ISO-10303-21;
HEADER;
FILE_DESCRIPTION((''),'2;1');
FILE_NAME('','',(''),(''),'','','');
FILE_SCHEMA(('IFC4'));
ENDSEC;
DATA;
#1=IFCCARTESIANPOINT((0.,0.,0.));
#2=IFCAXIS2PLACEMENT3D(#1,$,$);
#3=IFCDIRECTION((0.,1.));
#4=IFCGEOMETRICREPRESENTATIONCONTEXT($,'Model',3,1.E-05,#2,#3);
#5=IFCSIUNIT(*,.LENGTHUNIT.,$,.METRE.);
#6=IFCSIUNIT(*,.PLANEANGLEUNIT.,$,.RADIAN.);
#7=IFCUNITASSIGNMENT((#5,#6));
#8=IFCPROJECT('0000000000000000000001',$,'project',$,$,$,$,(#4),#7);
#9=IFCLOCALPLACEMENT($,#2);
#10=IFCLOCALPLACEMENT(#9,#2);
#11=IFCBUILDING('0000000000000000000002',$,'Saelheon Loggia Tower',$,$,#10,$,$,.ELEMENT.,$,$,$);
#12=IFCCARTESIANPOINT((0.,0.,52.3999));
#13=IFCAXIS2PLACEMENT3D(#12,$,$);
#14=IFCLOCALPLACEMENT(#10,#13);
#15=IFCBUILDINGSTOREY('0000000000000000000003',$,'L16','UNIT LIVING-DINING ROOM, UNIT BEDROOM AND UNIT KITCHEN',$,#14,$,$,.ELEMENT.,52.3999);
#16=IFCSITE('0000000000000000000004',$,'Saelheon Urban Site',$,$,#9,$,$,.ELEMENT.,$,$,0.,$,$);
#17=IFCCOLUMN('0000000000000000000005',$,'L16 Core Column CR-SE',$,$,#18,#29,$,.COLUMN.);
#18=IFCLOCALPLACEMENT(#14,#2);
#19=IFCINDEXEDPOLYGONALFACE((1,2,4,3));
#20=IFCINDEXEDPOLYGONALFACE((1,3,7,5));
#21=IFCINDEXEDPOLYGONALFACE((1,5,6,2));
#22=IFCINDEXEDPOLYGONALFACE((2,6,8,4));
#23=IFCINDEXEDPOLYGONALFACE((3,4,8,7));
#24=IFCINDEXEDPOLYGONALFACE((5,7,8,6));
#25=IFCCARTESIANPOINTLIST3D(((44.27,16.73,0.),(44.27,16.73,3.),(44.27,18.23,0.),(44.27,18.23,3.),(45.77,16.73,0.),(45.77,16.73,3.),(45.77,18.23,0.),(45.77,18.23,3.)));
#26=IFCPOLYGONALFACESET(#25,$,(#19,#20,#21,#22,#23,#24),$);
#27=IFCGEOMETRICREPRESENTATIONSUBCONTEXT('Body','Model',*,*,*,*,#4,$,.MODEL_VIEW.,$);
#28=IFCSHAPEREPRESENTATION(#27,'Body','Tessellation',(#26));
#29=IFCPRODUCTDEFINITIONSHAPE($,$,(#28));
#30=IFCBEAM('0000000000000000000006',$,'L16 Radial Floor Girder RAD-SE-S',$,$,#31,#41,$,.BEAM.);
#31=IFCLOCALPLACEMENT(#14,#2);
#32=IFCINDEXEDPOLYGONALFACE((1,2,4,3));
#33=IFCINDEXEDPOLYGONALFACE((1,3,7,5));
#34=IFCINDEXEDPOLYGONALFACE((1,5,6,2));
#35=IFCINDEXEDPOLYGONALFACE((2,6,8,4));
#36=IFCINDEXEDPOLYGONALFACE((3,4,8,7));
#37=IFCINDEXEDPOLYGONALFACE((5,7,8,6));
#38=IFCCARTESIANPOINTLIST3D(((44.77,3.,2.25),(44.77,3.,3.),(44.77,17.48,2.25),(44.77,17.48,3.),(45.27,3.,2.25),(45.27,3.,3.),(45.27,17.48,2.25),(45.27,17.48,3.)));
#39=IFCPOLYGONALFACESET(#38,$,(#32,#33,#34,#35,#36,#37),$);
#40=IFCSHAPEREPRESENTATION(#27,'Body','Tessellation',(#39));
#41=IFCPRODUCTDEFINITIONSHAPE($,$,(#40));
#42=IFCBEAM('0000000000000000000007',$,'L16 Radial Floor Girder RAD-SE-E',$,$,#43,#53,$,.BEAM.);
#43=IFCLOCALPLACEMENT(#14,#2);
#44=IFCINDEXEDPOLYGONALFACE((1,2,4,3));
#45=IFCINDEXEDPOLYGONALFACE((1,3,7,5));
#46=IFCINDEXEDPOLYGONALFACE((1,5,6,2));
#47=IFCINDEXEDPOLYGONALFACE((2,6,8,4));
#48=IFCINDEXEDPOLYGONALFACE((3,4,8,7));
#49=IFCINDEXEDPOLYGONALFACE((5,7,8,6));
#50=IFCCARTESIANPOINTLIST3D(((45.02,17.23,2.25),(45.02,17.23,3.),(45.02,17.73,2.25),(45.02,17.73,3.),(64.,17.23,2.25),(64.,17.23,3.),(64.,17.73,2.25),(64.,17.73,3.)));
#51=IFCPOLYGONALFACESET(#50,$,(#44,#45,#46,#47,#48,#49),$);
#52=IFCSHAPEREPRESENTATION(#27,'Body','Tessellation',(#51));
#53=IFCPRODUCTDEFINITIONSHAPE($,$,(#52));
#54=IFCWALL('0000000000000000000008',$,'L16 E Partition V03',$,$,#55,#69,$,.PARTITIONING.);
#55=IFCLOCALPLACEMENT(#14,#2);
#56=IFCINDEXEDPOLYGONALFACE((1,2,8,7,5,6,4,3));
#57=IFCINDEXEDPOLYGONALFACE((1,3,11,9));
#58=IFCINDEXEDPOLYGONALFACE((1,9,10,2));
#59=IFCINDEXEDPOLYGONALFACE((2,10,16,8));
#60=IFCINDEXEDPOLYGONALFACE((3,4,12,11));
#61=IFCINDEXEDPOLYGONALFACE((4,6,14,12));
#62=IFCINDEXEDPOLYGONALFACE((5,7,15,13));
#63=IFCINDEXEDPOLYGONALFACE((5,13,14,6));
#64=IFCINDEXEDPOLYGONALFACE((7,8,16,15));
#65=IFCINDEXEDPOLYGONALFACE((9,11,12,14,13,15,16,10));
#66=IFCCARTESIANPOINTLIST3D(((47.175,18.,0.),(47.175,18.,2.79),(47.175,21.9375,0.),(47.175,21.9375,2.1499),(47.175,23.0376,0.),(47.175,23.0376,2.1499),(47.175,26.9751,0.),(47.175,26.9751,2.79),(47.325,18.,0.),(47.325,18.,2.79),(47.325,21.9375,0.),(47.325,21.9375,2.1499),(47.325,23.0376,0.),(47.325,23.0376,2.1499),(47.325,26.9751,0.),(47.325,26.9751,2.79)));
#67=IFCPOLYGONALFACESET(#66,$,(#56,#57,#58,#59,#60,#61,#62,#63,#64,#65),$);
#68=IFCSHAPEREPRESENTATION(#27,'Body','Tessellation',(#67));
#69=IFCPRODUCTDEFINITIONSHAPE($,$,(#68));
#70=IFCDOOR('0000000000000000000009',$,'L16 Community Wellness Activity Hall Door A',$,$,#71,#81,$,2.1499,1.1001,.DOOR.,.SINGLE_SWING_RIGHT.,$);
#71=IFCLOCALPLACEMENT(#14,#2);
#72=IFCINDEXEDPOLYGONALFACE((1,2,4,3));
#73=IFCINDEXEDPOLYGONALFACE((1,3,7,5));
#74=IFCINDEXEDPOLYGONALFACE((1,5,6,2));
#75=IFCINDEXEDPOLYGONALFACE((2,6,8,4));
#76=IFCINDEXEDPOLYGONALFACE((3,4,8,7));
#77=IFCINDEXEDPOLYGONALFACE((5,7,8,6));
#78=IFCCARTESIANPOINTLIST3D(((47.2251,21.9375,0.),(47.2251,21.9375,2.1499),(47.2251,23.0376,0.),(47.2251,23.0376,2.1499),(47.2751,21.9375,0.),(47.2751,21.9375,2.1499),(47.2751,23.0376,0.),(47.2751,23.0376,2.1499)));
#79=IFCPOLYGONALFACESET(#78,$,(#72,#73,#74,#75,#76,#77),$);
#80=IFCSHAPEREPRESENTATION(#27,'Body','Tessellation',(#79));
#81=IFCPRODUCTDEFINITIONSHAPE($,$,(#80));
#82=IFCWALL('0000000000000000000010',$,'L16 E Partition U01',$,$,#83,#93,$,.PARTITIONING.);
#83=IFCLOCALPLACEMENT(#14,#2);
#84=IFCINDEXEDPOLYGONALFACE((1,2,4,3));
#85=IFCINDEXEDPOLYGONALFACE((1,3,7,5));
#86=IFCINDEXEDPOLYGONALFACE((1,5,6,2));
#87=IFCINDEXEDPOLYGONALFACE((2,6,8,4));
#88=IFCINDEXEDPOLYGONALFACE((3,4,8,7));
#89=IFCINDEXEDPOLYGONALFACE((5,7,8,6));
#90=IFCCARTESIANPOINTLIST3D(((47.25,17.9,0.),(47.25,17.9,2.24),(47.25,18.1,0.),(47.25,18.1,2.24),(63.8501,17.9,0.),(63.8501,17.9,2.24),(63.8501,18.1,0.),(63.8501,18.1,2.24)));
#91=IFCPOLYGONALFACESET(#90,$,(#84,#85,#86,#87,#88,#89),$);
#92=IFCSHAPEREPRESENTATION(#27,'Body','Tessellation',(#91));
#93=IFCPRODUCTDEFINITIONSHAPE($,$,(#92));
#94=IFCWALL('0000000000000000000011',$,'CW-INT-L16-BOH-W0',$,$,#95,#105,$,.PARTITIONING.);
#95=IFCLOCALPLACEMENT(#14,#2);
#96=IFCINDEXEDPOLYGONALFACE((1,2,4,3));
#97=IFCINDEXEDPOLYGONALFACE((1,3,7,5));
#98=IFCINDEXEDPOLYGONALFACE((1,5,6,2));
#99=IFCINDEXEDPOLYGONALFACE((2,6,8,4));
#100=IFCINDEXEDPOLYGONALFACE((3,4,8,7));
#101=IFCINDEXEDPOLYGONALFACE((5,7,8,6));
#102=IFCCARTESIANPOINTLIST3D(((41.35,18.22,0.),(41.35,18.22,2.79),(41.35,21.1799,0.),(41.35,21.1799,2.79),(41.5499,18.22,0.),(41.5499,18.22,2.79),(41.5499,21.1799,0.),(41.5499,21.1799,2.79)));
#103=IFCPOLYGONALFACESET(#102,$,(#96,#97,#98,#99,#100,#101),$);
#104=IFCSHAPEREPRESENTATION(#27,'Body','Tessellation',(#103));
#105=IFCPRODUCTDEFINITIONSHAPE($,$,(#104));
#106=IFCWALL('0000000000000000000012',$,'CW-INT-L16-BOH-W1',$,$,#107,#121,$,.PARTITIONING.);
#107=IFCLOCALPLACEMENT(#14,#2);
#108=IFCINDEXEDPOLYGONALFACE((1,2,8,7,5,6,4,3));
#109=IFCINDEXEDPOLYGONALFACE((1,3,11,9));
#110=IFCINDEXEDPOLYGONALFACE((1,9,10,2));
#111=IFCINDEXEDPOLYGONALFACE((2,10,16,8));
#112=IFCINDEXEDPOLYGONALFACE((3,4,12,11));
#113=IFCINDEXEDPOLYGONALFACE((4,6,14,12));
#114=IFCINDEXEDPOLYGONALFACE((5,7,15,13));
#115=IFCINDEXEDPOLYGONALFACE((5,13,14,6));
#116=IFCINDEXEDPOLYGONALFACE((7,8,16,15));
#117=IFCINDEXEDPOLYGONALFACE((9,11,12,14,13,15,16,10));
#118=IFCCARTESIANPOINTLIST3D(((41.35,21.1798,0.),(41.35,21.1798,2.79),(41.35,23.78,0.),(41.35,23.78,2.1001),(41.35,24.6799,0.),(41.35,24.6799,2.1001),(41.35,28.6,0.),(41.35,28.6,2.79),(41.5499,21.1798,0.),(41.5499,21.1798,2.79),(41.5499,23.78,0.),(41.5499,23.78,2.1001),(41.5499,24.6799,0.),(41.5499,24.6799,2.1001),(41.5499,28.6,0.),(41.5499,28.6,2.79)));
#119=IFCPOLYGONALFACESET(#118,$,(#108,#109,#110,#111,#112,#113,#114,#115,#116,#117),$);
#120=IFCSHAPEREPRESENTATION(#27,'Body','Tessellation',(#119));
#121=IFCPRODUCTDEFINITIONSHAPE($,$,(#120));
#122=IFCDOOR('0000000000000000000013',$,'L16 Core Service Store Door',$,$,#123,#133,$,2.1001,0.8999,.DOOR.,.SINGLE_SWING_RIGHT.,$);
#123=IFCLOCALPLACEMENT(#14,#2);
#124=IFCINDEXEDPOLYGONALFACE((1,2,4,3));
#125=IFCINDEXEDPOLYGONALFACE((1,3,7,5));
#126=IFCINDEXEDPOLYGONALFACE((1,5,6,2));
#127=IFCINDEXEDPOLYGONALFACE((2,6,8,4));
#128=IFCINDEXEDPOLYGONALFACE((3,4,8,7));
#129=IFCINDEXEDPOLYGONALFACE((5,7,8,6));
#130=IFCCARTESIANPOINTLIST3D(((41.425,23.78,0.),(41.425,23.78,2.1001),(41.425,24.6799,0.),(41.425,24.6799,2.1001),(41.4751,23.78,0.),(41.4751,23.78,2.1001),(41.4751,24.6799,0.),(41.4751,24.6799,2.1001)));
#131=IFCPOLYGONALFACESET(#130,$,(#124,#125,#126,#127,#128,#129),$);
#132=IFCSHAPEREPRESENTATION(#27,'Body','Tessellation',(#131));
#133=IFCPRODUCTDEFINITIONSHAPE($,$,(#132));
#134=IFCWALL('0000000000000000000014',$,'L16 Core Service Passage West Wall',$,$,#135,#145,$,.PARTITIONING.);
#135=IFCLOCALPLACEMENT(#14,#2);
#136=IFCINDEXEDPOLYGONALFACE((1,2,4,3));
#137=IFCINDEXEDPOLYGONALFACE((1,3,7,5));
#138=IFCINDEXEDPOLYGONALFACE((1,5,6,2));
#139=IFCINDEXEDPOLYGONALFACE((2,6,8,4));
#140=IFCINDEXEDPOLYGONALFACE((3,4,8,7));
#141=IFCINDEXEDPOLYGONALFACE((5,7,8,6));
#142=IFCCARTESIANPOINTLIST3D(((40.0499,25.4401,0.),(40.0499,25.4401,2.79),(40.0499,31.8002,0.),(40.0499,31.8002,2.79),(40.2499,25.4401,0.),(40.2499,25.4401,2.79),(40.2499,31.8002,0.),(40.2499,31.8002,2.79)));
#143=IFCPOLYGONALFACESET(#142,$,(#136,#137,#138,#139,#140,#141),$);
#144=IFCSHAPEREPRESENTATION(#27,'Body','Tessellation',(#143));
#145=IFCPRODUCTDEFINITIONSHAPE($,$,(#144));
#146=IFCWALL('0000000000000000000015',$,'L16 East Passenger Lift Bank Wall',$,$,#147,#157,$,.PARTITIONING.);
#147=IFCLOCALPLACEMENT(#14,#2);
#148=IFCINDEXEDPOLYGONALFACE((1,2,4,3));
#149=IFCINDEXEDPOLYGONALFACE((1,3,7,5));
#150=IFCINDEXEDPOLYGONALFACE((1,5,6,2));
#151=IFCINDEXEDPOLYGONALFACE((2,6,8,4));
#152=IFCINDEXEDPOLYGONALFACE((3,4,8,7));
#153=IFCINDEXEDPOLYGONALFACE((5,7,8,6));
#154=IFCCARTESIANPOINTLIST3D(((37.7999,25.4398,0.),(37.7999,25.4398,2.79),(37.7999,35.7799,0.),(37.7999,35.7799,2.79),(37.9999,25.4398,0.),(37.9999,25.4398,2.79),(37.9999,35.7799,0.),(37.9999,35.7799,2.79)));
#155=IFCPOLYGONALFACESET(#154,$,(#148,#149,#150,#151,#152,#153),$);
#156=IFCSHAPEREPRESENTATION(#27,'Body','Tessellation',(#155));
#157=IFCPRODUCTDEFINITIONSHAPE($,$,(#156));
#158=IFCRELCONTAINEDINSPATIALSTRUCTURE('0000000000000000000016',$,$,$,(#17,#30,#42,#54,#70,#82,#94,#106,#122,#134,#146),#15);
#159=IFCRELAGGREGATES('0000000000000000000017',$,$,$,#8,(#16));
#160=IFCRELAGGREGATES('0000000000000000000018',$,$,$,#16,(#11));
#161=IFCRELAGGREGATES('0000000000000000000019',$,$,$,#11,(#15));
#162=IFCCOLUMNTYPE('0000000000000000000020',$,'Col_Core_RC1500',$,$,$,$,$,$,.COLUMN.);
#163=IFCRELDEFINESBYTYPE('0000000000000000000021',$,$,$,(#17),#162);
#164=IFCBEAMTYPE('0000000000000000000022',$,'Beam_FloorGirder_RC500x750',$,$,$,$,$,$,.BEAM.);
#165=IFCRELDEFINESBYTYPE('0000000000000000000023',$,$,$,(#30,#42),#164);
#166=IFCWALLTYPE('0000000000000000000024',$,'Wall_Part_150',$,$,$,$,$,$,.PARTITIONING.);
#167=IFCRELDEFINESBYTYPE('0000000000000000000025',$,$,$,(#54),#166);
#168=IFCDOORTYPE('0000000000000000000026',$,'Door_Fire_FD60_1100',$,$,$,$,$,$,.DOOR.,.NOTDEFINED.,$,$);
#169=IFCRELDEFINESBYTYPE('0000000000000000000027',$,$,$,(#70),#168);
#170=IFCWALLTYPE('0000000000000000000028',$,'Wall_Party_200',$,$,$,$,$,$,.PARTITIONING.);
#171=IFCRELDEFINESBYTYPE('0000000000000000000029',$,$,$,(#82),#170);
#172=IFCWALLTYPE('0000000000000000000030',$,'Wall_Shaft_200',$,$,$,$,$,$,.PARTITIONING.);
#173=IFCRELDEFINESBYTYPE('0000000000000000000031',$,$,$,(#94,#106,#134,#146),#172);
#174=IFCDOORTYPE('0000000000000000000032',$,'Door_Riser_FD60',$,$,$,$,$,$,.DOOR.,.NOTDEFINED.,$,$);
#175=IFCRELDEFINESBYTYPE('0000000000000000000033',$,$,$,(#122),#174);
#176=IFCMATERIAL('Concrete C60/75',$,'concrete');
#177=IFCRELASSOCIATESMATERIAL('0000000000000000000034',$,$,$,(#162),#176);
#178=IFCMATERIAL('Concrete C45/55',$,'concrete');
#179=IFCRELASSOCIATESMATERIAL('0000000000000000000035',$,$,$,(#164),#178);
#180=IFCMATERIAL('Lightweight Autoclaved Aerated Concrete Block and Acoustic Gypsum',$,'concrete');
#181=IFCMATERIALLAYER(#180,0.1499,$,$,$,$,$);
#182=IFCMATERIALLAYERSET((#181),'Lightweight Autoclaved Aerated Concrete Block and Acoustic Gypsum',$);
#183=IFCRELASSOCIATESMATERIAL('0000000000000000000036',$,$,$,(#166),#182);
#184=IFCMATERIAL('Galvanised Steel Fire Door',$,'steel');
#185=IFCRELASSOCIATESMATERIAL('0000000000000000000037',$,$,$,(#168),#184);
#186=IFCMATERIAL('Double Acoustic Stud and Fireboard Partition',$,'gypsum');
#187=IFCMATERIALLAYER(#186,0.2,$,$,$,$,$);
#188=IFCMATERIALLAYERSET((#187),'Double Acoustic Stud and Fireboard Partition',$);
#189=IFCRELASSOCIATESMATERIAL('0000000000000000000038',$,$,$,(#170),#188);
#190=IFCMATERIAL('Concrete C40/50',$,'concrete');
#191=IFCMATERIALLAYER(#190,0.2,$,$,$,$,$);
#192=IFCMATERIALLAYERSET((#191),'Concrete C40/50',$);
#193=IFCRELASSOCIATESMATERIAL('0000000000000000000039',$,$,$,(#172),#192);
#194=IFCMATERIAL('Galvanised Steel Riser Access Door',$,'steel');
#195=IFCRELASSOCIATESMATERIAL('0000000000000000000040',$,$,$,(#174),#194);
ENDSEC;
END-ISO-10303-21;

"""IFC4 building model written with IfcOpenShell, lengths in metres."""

from ifc_helpers import new_model, si_unit, direction, frame, frame_2d, origin, origin_2d, place, context, subcontext, project, spatial, rectangle, extrude, source, transform, mapped, material, layer, layer_set, material_profile, profile_set, type_object, element, fill, save


model = new_model("IFC4")

# Units and contexts
model_context = context("Model", 3, precision=1e-05, world=origin(), true_north=direction((0.0, 1.0)))
body_context = subcontext(model_context, "Body", "Model", "MODEL_VIEW")
ifc_project = project(units=[si_unit("LENGTHUNIT", "METRE"), si_unit("PLANEANGLEUNIT", "RADIAN")], contexts=[model_context])

# Site, building, storey
site_placement = place(None, origin())
site = spatial("IfcSite", under=ifc_project, at=site_placement, Name="Saelheon Urban Site", CompositionType="ELEMENT", RefElevation=0.0)
building_placement = place(site_placement, origin())
building = spatial("IfcBuilding", under=site, at=building_placement, Name="Saelheon Loggia Tower", CompositionType="ELEMENT")
storey_placement = place(building_placement, frame((0.0, 0.0, 52.3999)))
storey = spatial("IfcBuildingStorey", under=building, at=storey_placement, Name="L16", Description="UNIT LIVING-DINING ROOM, UNIT BEDROOM AND UNIT KITCHEN", CompositionType="ELEMENT", Elevation=52.3999)

# Column
ifc_material_1 = material(Name="Concrete C60/75", Category="concrete")
ifc_material_profile_1 = material_profile(ifc_material_1, rectangle(XDim=1.5, YDim=1.5, at=origin_2d()), Name="RC-1500x1500")
ifc_profile_set_1 = profile_set([ifc_material_profile_1], Name="Concrete C60/75")
column_type = type_object("IfcColumnType", Name="Col_Core_RC1500", PredefinedType="COLUMN", material=ifc_profile_set_1)
shared_shape_1 = source(origin(), body_context, "Body", "SweptSolid", [
    extrude(rectangle(XDim=1.5, YDim=1.5, at=origin_2d()), origin(), (0.0, 0.0, 1.0), 3.0),
])
column_placement = place(storey_placement, frame((45.02, 17.48, 0.0), z_axis=(0.0, 0.0, 1.0), x_axis=(1.0, 0.0, 0.0)))
element("IfcColumn", 1, at=column_placement, inside=storey, type_object=column_type, Name="L16 Core Column CR-SE", PredefinedType="COLUMN", context=body_context, shape_type="MappedRepresentation", body=[
    mapped(shared_shape_1, transform((0.0, 0.0, 0.0), scale=1.0)),
])

# Beams
ifc_material_2 = material(Name="Concrete C45/55", Category="concrete")
ifc_material_profile_2 = material_profile(ifc_material_2, rectangle(XDim=0.5, YDim=0.75, at=origin_2d()), Name="RC-500x750")
ifc_profile_set_2 = profile_set([ifc_material_profile_2], Name="Concrete C45/55")
beam_type = type_object("IfcBeamType", Name="Beam_FloorGirder_RC500x750", PredefinedType="BEAM", material=ifc_profile_set_2)
shared_shape_2 = source(origin(), body_context, "Body", "SweptSolid", [
    extrude(rectangle(XDim=0.5, YDim=0.75, at=origin_2d()), origin(), (0.0, 0.0, 1.0), 14.48),
])
beam_1_placement = place(storey_placement, frame((45.02, 17.48, 2.625), z_axis=(0.0, -1.0, 0.0), x_axis=(1.0, 0.0, 0.0)))
element("IfcBeam", 2, at=beam_1_placement, inside=storey, type_object=beam_type, Name="L16 Radial Floor Girder RAD-SE-S", PredefinedType="BEAM", context=body_context, shape_type="MappedRepresentation", body=[
    mapped(shared_shape_2, transform((0.0, 0.0, 0.0), scale=1.0)),
])
shared_shape_3 = source(origin(), body_context, "Body", "SweptSolid", [
    extrude(rectangle(XDim=0.5, YDim=0.75, at=origin_2d()), origin(), (0.0, 0.0, 1.0), 18.98),
])
beam_2_placement = place(storey_placement, frame((45.02, 17.48, 2.625), z_axis=(1.0, 0.0, 0.0), x_axis=(0.0, 1.0, 0.0)))
element("IfcBeam", 3, at=beam_2_placement, inside=storey, type_object=beam_type, Name="L16 Radial Floor Girder RAD-SE-E", PredefinedType="BEAM", context=body_context, shape_type="MappedRepresentation", body=[
    mapped(shared_shape_3, transform((0.0, 0.0, 0.0), scale=1.0)),
])

# Wall, opening, door
ifc_material_3 = material(Name="Lightweight Autoclaved Aerated Concrete Block and Acoustic Gypsum", Category="concrete")
ifc_layer_1 = layer(ifc_material_3, 0.1499)
ifc_layer_set_1 = layer_set([ifc_layer_1], Name="Lightweight Autoclaved Aerated Concrete Block and Acoustic Gypsum")
wall_type_1 = type_object("IfcWallType", Name="Wall_Part_150", PredefinedType="PARTITIONING", material=ifc_layer_set_1)
wall_1_placement = place(storey_placement, frame((47.25, 18.0, 0.0), z_axis=(0.0, 0.0, 1.0), x_axis=(0.0, 1.0, 0.0)))
wall_1 = element("IfcWall", 4, at=wall_1_placement, inside=storey, type_object=wall_type_1, Name="L16 E Partition V03", PredefinedType="PARTITIONING", context=body_context, shape_type="SweptSolid", body=[
    extrude(rectangle(XDim=8.9751, YDim=0.1499, at=frame_2d((4.4875, 0.0))), origin(), (0.0, 0.0, 1.0), 2.79),
])
opening_1_placement = place(wall_1_placement, frame((3.9375, 0.0, 0.0)))
opening_1 = element("IfcOpeningElement", 5, at=opening_1_placement, cuts=wall_1, PredefinedType="OPENING", context=body_context, shape_type="SweptSolid", body=[
    extrude(rectangle(XDim=1.1001, YDim=2.1499, at=frame_2d((0.55, 1.075))), frame((0.0, 0.0869, 0.0), z_axis=(0.0, -1.0, 0.0), x_axis=(1.0, 0.0, 0.0)), (0.0, 0.0, 1.0), 0.1738),
])
ifc_material_4 = material(Name="Galvanised Steel Fire Door", Category="steel")
door_type_1 = type_object("IfcDoorType", Name="Door_Fire_FD60_1100", OperationType="NOTDEFINED", PredefinedType="DOOR", material=ifc_material_4)
shared_shape_4 = source(origin(), body_context, "Body", "SweptSolid", [
    extrude(rectangle(XDim=1.1001, YDim=2.1499, at=frame_2d((0.55, 1.075))), frame((0.0, 0.0249, 0.0), z_axis=(0.0, -1.0, 0.0), x_axis=(1.0, 0.0, 0.0)), (0.0, 0.0, 1.0), 0.05),
])
door_1_placement = place(opening_1_placement, origin())
door_1 = element("IfcDoor", 6, at=door_1_placement, inside=storey, type_object=door_type_1, Name="L16 Community Wellness Activity Hall Door A", OperationType="SINGLE_SWING_RIGHT", OverallHeight=2.1499, OverallWidth=1.1001, PredefinedType="DOOR", context=body_context, shape_type="MappedRepresentation", body=[
    mapped(shared_shape_4, transform((0.0, 0.0, 0.0), scale=1.0)),
])
fill(opening_1, door_1)

# Walls
ifc_material_5 = material(Name="Double Acoustic Stud and Fireboard Partition", Category="gypsum")
ifc_layer_2 = layer(ifc_material_5, 0.2)
ifc_layer_set_2 = layer_set([ifc_layer_2], Name="Double Acoustic Stud and Fireboard Partition")
wall_type_2 = type_object("IfcWallType", Name="Wall_Party_200", PredefinedType="PARTITIONING", material=ifc_layer_set_2)
wall_2_placement = place(storey_placement, frame((47.25, 18.0, 0.0), z_axis=(0.0, 0.0, 1.0), x_axis=(1.0, 0.0, 0.0)))
element("IfcWall", 7, at=wall_2_placement, inside=storey, type_object=wall_type_2, Name="L16 E Partition U01", PredefinedType="PARTITIONING", context=body_context, shape_type="SweptSolid", body=[
    extrude(rectangle(XDim=16.6001, YDim=0.2, at=frame_2d((8.3, 0.0))), origin(), (0.0, 0.0, 1.0), 2.24),
])
ifc_material_6 = material(Name="Concrete C40/50", Category="concrete")
ifc_layer_3 = layer(ifc_material_6, 0.2)
ifc_layer_set_3 = layer_set([ifc_layer_3], Name="Concrete C40/50")
wall_type_3 = type_object("IfcWallType", Name="Wall_Shaft_200", PredefinedType="PARTITIONING", material=ifc_layer_set_3)
wall_3_placement = place(storey_placement, frame((41.45, 18.22, 0.0), z_axis=(0.0, 0.0, 1.0), x_axis=(0.0, 1.0, 0.0)))
element("IfcWall", 8, at=wall_3_placement, inside=storey, type_object=wall_type_3, Name="CW-INT-L16-BOH-W0", PredefinedType="PARTITIONING", context=body_context, shape_type="SweptSolid", body=[
    extrude(rectangle(XDim=2.96, YDim=0.2, at=frame_2d((1.48, 0.0))), origin(), (0.0, 0.0, 1.0), 2.79),
])

# Wall, opening, door
wall_4_placement = place(storey_placement, frame((41.45, 21.1799, 0.0), z_axis=(0.0, 0.0, 1.0), x_axis=(0.0, 1.0, 0.0)))
wall_4 = element("IfcWall", 9, at=wall_4_placement, inside=storey, type_object=wall_type_3, Name="CW-INT-L16-BOH-W1", PredefinedType="PARTITIONING", context=body_context, shape_type="SweptSolid", body=[
    extrude(rectangle(XDim=7.4202, YDim=0.2, at=frame_2d((3.71, 0.0))), origin(), (0.0, 0.0, 1.0), 2.79),
])
opening_2_placement = place(wall_4_placement, frame((2.6001, 0.0, 0.0)))
opening_2 = element("IfcOpeningElement", 10, at=opening_2_placement, cuts=wall_4, PredefinedType="OPENING", context=body_context, shape_type="SweptSolid", body=[
    extrude(rectangle(XDim=0.8999, YDim=2.1001, at=frame_2d((0.45, 1.05))), frame((0.0, 0.1121, 0.0), z_axis=(0.0, -1.0, 0.0), x_axis=(1.0, 0.0, 0.0)), (0.0, 0.0, 1.0), 0.2239),
])
ifc_material_7 = material(Name="Galvanised Steel Riser Access Door", Category="steel")
door_type_2 = type_object("IfcDoorType", Name="Door_Riser_FD60", OperationType="NOTDEFINED", PredefinedType="DOOR", material=ifc_material_7)
shared_shape_5 = source(origin(), body_context, "Body", "SweptSolid", [
    extrude(rectangle(XDim=0.8999, YDim=2.1001, at=frame_2d((0.45, 1.05))), frame((0.0, 0.0249, 0.0), z_axis=(0.0, -1.0, 0.0), x_axis=(1.0, 0.0, 0.0)), (0.0, 0.0, 1.0), 0.05),
])
door_2_placement = place(opening_2_placement, origin())
door_2 = element("IfcDoor", 11, at=door_2_placement, inside=storey, type_object=door_type_2, Name="L16 Core Service Store Door", OperationType="SINGLE_SWING_RIGHT", OverallHeight=2.1001, OverallWidth=0.8999, PredefinedType="DOOR", context=body_context, shape_type="MappedRepresentation", body=[
    mapped(shared_shape_5, transform((0.0, 0.0, 0.0), scale=1.0)),
])
fill(opening_2, door_2)

# Wall
wall_5_placement = place(storey_placement, frame((40.1499, 25.4399, 0.0), z_axis=(0.0, 0.0, 1.0), x_axis=(0.0, 1.0, 0.0)))
element("IfcWall", 12, at=wall_5_placement, inside=storey, type_object=wall_type_3, Name="L16 Core Service Passage West Wall", PredefinedType="PARTITIONING", context=body_context, shape_type="SweptSolid", body=[
    extrude(rectangle(XDim=6.3601, YDim=0.2, at=frame_2d((3.1802, 0.0))), origin(), (0.0, 0.0, 1.0), 2.79),
])

# Wall
wall_6_placement = place(storey_placement, frame((37.8999, 25.4399, 0.0), z_axis=(0.0, 0.0, 1.0), x_axis=(0.0, 1.0, 0.0)))
element("IfcWall", 13, at=wall_6_placement, inside=storey, type_object=wall_type_3, Name="L16 East Passenger Lift Bank Wall", PredefinedType="PARTITIONING", context=body_context, shape_type="SweptSolid", body=[
    extrude(rectangle(XDim=10.3401, YDim=0.2, at=frame_2d((5.1699, 0.0))), origin(), (0.0, 0.0, 1.0), 2.79),
])

save(model, "model.ifc")
